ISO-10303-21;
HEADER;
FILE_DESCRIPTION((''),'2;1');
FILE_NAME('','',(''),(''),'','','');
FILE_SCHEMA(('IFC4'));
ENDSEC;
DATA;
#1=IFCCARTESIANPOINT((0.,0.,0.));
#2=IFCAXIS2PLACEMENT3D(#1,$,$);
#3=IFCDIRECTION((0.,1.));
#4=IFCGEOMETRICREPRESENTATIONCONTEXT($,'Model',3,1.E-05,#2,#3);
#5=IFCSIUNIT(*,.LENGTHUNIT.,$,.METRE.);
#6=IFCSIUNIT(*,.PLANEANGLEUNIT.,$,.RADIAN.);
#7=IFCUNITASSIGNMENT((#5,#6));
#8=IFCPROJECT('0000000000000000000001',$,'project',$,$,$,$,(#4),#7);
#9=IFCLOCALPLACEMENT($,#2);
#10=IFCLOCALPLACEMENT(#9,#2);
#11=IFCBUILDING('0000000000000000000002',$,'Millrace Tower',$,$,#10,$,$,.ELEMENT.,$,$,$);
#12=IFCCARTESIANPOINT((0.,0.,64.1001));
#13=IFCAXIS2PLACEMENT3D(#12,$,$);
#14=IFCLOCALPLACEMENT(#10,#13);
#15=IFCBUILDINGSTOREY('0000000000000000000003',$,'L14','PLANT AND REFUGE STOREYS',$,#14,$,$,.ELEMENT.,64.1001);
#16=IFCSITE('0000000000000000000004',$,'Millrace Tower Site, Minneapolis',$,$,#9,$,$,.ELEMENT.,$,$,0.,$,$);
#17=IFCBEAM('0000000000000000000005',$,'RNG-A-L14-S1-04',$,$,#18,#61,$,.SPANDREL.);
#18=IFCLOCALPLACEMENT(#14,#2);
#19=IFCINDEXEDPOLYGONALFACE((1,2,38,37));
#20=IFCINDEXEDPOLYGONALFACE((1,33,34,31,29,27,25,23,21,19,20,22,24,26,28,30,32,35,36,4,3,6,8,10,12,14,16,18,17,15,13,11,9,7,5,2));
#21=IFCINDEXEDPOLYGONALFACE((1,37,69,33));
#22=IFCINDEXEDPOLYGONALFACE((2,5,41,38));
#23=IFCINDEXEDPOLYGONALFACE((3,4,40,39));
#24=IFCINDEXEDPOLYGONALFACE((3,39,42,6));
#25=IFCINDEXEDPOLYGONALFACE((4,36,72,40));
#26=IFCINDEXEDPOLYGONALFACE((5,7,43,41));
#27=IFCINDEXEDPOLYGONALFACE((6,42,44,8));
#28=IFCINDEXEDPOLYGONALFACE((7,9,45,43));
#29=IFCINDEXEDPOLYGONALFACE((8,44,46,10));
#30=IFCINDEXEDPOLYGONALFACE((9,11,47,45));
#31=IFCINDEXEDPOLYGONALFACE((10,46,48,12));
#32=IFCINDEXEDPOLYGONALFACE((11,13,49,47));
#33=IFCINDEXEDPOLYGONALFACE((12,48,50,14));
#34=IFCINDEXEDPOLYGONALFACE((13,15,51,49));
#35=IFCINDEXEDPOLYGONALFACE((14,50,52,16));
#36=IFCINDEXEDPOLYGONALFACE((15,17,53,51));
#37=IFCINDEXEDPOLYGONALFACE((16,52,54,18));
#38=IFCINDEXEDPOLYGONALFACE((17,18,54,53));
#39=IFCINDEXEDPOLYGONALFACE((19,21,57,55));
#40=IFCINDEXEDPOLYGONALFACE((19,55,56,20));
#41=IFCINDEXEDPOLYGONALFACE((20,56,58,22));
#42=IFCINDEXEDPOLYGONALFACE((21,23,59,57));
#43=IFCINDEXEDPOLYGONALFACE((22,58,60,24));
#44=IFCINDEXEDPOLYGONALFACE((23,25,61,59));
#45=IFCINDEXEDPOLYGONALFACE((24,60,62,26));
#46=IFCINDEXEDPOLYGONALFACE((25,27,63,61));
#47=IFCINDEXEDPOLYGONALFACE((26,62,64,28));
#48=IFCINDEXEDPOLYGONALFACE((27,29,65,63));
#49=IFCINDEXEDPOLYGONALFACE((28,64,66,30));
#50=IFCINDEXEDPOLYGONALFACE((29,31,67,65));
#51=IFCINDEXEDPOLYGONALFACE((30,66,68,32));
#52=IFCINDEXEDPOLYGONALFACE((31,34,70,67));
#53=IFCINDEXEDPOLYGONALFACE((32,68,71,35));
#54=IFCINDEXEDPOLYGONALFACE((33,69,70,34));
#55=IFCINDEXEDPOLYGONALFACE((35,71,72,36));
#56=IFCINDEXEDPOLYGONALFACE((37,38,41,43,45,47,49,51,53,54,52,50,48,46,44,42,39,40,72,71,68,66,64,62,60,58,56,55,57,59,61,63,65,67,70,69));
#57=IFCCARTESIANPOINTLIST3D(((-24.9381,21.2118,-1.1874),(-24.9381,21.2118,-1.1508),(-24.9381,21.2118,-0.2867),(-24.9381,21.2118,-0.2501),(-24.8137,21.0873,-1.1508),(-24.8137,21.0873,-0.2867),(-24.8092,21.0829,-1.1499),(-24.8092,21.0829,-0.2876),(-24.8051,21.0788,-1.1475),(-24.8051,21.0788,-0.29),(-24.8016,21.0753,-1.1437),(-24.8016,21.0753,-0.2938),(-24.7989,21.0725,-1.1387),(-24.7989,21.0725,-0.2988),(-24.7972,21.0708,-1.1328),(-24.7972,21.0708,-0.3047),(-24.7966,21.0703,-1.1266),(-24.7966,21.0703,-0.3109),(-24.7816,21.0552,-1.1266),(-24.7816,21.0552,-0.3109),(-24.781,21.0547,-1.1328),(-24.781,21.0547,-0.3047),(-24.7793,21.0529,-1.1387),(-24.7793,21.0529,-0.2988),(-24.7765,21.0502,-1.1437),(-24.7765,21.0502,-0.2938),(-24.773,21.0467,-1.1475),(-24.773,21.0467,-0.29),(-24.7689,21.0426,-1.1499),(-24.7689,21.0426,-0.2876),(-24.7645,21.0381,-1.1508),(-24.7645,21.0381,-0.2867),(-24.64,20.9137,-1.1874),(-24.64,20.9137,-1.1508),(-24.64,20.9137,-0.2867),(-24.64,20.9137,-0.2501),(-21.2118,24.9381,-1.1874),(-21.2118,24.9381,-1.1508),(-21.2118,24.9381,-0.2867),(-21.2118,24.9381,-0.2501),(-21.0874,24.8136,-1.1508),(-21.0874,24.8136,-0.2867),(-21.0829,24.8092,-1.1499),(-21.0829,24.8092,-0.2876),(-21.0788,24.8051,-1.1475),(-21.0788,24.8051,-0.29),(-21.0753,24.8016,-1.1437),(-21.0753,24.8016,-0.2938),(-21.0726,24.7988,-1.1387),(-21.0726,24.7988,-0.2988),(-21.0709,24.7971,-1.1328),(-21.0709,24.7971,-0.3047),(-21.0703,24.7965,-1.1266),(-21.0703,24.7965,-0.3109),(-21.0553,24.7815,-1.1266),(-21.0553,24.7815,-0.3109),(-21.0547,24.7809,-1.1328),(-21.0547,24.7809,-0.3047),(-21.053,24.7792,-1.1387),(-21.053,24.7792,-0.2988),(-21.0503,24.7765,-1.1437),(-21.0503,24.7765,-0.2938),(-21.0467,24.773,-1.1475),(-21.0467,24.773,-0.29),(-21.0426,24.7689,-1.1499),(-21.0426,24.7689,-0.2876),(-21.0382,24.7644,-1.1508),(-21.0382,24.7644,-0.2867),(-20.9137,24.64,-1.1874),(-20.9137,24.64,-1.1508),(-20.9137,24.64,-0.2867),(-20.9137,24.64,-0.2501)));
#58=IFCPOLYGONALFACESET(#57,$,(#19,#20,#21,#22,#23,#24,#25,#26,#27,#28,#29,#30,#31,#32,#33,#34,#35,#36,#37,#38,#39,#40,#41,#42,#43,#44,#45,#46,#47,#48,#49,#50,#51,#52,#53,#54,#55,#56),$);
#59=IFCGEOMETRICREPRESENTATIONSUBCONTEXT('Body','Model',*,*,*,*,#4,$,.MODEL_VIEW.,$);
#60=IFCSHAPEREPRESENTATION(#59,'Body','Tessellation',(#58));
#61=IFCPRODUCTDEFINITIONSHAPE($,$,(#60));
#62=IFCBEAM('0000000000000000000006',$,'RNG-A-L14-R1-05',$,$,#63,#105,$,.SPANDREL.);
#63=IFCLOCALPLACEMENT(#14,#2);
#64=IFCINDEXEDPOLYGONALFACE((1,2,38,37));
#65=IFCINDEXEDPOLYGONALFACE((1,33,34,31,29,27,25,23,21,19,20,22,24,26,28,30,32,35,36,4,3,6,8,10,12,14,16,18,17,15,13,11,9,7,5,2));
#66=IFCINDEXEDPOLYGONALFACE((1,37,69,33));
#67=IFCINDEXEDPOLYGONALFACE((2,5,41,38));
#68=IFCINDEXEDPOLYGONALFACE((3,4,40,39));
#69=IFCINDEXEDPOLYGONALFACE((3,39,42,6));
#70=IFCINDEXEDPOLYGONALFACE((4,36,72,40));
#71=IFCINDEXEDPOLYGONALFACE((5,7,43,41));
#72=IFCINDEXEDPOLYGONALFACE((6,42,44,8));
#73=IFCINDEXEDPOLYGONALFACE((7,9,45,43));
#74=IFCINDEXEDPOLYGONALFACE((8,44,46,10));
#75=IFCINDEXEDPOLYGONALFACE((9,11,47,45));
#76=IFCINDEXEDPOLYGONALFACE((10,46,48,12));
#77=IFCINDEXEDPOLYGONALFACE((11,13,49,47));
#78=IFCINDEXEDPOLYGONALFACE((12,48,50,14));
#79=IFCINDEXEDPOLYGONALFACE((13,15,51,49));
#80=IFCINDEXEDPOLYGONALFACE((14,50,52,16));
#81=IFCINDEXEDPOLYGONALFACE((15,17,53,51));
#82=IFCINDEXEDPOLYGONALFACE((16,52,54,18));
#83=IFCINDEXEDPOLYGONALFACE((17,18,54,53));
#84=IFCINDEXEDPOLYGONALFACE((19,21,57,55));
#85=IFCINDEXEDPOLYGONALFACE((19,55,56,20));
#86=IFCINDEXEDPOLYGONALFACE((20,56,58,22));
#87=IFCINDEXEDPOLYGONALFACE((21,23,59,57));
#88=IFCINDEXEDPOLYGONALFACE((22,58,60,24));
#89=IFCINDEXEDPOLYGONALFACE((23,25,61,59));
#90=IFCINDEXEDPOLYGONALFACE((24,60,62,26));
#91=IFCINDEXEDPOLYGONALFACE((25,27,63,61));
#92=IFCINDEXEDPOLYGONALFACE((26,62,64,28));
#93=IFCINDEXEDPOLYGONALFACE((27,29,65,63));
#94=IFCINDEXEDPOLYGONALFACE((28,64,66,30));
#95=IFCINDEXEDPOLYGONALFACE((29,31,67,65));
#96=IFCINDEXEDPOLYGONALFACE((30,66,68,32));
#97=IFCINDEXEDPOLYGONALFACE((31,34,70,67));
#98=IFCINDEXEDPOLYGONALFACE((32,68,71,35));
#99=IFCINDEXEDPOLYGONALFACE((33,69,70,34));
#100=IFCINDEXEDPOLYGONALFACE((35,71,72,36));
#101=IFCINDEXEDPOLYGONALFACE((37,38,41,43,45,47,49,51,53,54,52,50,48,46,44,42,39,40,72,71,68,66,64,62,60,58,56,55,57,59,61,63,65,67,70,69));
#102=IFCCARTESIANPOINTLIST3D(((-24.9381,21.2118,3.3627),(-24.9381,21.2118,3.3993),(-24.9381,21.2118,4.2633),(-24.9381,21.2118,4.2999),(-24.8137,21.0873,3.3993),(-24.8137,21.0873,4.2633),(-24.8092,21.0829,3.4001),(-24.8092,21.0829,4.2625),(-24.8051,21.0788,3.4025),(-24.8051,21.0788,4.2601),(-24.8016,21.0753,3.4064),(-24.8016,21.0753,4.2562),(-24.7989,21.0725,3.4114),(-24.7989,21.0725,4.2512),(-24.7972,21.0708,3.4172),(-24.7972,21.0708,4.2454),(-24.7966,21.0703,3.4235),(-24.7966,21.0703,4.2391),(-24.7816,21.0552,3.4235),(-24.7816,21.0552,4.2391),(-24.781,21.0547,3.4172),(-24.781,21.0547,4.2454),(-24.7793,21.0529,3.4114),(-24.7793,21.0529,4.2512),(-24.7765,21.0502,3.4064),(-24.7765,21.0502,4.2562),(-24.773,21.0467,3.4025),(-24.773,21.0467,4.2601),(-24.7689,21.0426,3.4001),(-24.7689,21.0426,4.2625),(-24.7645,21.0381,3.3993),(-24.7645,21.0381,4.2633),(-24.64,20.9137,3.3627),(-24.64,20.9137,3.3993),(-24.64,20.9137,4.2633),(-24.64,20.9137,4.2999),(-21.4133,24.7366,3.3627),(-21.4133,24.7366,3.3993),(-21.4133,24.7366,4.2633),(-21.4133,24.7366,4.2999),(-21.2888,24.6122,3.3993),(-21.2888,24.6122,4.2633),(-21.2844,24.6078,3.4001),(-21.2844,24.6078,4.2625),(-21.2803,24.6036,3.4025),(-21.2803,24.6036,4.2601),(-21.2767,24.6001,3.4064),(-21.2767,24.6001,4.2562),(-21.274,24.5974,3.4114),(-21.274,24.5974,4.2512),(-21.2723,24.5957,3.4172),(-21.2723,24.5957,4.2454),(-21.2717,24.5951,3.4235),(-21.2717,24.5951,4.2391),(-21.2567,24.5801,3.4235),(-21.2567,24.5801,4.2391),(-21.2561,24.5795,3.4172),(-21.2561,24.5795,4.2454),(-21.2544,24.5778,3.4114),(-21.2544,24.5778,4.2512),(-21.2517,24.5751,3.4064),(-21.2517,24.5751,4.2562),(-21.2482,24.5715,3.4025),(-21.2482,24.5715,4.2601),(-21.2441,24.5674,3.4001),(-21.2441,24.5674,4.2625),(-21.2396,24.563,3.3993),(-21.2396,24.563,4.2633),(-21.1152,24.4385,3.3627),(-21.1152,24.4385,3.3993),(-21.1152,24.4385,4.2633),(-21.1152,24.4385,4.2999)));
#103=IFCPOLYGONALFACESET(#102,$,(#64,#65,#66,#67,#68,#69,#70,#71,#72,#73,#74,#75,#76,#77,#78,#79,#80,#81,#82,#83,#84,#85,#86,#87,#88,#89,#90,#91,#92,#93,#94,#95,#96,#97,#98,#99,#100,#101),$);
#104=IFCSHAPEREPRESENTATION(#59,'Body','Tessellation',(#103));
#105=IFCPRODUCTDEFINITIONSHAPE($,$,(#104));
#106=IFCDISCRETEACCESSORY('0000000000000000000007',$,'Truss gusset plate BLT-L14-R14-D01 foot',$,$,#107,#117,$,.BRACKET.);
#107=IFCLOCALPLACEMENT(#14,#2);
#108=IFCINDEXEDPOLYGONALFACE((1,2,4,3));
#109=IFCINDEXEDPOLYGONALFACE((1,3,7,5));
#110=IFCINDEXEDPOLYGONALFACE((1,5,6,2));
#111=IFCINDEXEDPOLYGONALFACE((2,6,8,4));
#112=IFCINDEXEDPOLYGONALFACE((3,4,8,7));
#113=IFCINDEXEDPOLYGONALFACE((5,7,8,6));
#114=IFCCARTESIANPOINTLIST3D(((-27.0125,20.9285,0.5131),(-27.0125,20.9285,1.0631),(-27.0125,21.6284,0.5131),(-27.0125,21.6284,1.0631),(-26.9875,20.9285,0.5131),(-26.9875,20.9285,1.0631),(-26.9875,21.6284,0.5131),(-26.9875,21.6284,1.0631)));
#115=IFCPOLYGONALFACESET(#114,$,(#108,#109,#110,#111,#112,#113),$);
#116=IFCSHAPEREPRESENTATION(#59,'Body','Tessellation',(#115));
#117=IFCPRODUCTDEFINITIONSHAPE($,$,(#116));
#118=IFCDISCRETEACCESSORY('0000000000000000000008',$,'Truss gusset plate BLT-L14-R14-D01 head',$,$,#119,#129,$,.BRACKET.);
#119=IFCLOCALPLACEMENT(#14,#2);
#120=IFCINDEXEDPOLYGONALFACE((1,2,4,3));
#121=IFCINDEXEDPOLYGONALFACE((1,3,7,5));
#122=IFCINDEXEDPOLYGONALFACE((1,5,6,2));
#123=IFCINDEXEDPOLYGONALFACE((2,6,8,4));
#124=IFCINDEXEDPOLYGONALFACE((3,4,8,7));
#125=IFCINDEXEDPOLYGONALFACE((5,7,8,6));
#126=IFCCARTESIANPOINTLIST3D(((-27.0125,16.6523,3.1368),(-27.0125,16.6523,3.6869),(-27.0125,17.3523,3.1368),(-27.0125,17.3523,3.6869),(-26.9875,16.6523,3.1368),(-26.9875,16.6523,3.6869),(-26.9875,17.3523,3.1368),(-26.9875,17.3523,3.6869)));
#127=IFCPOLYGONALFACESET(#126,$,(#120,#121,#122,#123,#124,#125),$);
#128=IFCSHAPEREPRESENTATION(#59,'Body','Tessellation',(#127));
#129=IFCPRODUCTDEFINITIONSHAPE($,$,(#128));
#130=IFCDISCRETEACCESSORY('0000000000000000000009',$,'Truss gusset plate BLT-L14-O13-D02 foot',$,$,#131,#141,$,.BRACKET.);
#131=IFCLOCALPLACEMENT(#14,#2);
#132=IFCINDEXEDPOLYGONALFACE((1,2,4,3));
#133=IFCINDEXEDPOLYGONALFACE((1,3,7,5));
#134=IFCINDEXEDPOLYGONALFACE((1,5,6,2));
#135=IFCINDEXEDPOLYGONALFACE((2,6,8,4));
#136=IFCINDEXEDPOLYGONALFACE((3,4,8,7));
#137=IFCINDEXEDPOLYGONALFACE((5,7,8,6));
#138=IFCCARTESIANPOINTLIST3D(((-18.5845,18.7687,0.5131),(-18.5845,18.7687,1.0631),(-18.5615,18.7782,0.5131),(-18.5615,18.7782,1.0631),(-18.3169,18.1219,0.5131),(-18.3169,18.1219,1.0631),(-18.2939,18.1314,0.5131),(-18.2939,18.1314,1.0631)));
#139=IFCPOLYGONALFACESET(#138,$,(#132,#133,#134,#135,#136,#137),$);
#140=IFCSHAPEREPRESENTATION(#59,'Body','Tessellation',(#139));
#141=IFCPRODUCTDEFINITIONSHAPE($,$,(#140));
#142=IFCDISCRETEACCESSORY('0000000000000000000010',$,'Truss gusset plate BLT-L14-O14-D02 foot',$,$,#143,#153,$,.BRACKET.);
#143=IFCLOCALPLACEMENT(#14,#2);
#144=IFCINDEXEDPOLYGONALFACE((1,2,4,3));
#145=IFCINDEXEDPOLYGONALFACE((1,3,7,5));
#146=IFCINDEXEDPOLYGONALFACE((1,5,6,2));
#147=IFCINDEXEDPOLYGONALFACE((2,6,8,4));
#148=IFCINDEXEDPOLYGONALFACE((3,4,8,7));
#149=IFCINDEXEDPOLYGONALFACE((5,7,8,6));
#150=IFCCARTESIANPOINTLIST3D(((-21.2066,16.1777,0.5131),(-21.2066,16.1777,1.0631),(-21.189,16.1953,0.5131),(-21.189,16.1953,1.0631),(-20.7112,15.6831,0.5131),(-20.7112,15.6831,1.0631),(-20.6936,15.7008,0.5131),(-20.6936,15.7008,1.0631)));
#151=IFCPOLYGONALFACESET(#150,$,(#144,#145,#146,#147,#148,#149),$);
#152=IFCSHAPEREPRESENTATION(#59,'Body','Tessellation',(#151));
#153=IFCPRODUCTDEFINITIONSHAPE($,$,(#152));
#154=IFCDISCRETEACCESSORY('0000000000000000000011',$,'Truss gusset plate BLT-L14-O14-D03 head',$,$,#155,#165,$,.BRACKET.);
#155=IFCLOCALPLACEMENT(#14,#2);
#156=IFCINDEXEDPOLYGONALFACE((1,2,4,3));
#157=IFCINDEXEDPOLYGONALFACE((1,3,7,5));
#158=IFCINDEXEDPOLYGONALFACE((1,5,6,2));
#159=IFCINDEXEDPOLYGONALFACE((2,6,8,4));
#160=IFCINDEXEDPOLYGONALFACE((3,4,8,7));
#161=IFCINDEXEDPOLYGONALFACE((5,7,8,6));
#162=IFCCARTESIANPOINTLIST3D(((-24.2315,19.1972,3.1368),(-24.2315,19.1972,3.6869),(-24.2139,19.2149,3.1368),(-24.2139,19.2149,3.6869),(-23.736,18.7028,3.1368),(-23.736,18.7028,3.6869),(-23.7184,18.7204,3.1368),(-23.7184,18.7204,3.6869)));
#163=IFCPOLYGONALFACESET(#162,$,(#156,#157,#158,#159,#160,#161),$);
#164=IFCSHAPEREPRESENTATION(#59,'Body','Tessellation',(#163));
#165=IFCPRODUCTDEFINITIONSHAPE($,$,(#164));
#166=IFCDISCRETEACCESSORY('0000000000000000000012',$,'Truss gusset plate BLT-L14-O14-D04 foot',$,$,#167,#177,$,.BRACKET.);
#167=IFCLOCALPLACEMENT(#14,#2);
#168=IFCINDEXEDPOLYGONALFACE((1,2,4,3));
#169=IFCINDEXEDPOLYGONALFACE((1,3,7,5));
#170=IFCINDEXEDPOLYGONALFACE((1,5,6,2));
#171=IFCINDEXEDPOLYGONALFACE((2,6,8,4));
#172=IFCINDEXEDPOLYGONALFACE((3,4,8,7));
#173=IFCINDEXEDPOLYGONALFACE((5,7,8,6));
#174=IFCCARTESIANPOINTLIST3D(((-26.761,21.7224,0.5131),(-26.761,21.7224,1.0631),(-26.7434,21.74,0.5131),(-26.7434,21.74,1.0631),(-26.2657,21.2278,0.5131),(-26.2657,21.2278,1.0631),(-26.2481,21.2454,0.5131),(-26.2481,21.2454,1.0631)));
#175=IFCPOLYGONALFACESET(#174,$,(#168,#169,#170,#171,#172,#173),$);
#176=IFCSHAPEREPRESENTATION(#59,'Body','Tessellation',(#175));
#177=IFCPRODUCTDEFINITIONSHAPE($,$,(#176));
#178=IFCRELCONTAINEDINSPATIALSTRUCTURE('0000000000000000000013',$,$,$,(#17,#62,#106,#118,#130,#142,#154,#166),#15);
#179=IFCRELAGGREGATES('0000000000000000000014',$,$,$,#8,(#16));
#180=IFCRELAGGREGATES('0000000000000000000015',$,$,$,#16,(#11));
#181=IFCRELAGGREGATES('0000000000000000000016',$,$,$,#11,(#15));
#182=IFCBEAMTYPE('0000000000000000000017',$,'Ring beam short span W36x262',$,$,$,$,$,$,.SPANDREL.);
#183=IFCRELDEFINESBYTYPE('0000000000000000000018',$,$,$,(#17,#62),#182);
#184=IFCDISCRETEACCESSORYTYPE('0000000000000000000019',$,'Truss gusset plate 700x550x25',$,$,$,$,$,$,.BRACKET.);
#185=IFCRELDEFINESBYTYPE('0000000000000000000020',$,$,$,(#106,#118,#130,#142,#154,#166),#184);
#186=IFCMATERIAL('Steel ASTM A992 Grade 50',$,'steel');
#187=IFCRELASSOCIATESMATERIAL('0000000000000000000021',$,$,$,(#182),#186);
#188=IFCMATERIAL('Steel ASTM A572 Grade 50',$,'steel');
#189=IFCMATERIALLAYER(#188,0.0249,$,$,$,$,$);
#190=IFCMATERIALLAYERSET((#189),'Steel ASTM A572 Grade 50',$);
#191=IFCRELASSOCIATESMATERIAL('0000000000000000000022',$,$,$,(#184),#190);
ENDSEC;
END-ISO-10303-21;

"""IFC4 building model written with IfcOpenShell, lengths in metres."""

from ifc_helpers import new_model, si_unit, direction, frame, origin, origin_2d, place, context, subcontext, project, spatial, rectangle, i_section, extrude, material, layer, layer_set, material_profile, profile_set, type_object, element, save


model = new_model("IFC4")

# Units and contexts
model_context = context("Model", 3, precision=1e-05, world=origin(), true_north=direction((0.0, 1.0)))
body_context = subcontext(model_context, "Body", "Model", "MODEL_VIEW")
ifc_project = project(units=[si_unit("LENGTHUNIT", "METRE"), si_unit("PLANEANGLEUNIT", "RADIAN")], contexts=[model_context])

# Site, building, storey
site_placement = place(None, origin())
site = spatial("IfcSite", under=ifc_project, at=site_placement, Name="Millrace Tower Site, Minneapolis", CompositionType="ELEMENT", RefElevation=0.0)
building_placement = place(site_placement, origin())
building = spatial("IfcBuilding", under=site, at=building_placement, Name="Millrace Tower", CompositionType="ELEMENT")
storey_placement = place(building_placement, frame((0.0, 0.0, 64.1001)))
storey = spatial("IfcBuildingStorey", under=building, at=storey_placement, Name="L14", Description="PLANT AND REFUGE STOREYS", CompositionType="ELEMENT", Elevation=64.1001)

# Beams
ifc_material_1 = material(Name="Steel ASTM A992 Grade 50", Category="steel")
ifc_material_profile_1 = material_profile(ifc_material_1, i_section(OverallWidth=0.4216, OverallDepth=0.9373, WebThickness=0.0212, FlangeThickness=0.0366, FilletRadius=0.0242, at=origin_2d()))
ifc_profile_set_1 = profile_set([ifc_material_profile_1], Name="Steel ASTM A992 Grade 50")
beam_type_1 = type_object("IfcBeamType", Name="Ring beam short span W36x262", PredefinedType="SPANDREL", material=ifc_profile_set_1)
beam_1_placement = place(storey_placement, frame((-24.7891, 21.0627, -0.7188), z_axis=(0.707107, 0.707107, 0.0), x_axis=(-0.707107, 0.707107, 0.0)))
element("IfcBeam", 1, at=beam_1_placement, inside=storey, type_object=beam_type_1, Name="RNG-A-L14-S1-04", PredefinedType="SPANDREL", context=body_context, shape_type="SweptSolid", body=[
    extrude(i_section(OverallWidth=0.4216, OverallDepth=0.9373, WebThickness=0.0212, FlangeThickness=0.0366, FilletRadius=0.0242, at=origin_2d()), origin(), (0.0, 0.0, 1.0), 5.2698),
])
beam_2_placement = place(storey_placement, frame((-24.7891, 21.0627, 3.8313), z_axis=(0.707107, 0.707107, 0.0), x_axis=(-0.707107, 0.707107, 0.0)))
element("IfcBeam", 2, at=beam_2_placement, inside=storey, type_object=beam_type_1, Name="RNG-A-L14-R1-05", PredefinedType="SPANDREL", context=body_context, shape_type="SweptSolid", body=[
    extrude(i_section(OverallWidth=0.4216, OverallDepth=0.9373, WebThickness=0.0212, FlangeThickness=0.0366, FilletRadius=0.0242, at=origin_2d()), origin(), (0.0, 0.0, 1.0), 4.9849),
])

# Discrete accessories
ifc_material_2 = material(Name="Steel ASTM A572 Grade 50", Category="steel")
ifc_layer_1 = layer(ifc_material_2, 0.0249)
ifc_layer_set_1 = layer_set([ifc_layer_1], Name="Steel ASTM A572 Grade 50")
discrete_accessory_type = type_object("IfcDiscreteAccessoryType", Name="Truss gusset plate 700x550x25", PredefinedType="BRACKET", material=ifc_layer_set_1)
for number, where, z_axis, x_axis, name in (
    (3, (-27.0, 20.9285, 0.7881), (0.0, 1.0, 0.0), (-1.0, 0.0, 0.0), "Truss gusset plate BLT-L14-R14-D01 foot"),
    (4, (-27.0, 16.6523, 3.4119), (0.0, 1.0, 0.0), (-1.0, 0.0, 0.0), "Truss gusset plate BLT-L14-R14-D01 head"),
    (5, (-18.573, 18.7734, 0.7881), (0.382311, -0.924034, 0.0), (0.924034, 0.382311, 0.0), "Truss gusset plate BLT-L14-O13-D02 foot"),
    (6, (-21.1978, 16.1865, 0.7881), (0.70763, -0.706583, 0.0), (0.706583, 0.70763, 0.0), "Truss gusset plate BLT-L14-O14-D02 foot"),
    (7, (-24.2227, 19.2061, 3.4119), (0.707804, -0.706409, 0.0), (0.706409, 0.707804, 0.0), "Truss gusset plate BLT-L14-O14-D03 head"),
    (8, (-26.7522, 21.7312, 0.7881), (0.70763, -0.706583, 0.0), (0.706583, 0.70763, 0.0), "Truss gusset plate BLT-L14-O14-D04 foot"),
):
    element("IfcDiscreteAccessory", number, at=place(storey_placement, frame(where, z_axis=z_axis, x_axis=x_axis)), inside=storey, type_object=discrete_accessory_type, Name=name, PredefinedType="BRACKET", context=body_context, shape_type="SweptSolid", body=[
        extrude(rectangle(XDim=0.0249, YDim=0.55, at=origin_2d()), origin(), (0.0, 0.0, 1.0), 0.7),
    ])

save(model, "model.ifc")
